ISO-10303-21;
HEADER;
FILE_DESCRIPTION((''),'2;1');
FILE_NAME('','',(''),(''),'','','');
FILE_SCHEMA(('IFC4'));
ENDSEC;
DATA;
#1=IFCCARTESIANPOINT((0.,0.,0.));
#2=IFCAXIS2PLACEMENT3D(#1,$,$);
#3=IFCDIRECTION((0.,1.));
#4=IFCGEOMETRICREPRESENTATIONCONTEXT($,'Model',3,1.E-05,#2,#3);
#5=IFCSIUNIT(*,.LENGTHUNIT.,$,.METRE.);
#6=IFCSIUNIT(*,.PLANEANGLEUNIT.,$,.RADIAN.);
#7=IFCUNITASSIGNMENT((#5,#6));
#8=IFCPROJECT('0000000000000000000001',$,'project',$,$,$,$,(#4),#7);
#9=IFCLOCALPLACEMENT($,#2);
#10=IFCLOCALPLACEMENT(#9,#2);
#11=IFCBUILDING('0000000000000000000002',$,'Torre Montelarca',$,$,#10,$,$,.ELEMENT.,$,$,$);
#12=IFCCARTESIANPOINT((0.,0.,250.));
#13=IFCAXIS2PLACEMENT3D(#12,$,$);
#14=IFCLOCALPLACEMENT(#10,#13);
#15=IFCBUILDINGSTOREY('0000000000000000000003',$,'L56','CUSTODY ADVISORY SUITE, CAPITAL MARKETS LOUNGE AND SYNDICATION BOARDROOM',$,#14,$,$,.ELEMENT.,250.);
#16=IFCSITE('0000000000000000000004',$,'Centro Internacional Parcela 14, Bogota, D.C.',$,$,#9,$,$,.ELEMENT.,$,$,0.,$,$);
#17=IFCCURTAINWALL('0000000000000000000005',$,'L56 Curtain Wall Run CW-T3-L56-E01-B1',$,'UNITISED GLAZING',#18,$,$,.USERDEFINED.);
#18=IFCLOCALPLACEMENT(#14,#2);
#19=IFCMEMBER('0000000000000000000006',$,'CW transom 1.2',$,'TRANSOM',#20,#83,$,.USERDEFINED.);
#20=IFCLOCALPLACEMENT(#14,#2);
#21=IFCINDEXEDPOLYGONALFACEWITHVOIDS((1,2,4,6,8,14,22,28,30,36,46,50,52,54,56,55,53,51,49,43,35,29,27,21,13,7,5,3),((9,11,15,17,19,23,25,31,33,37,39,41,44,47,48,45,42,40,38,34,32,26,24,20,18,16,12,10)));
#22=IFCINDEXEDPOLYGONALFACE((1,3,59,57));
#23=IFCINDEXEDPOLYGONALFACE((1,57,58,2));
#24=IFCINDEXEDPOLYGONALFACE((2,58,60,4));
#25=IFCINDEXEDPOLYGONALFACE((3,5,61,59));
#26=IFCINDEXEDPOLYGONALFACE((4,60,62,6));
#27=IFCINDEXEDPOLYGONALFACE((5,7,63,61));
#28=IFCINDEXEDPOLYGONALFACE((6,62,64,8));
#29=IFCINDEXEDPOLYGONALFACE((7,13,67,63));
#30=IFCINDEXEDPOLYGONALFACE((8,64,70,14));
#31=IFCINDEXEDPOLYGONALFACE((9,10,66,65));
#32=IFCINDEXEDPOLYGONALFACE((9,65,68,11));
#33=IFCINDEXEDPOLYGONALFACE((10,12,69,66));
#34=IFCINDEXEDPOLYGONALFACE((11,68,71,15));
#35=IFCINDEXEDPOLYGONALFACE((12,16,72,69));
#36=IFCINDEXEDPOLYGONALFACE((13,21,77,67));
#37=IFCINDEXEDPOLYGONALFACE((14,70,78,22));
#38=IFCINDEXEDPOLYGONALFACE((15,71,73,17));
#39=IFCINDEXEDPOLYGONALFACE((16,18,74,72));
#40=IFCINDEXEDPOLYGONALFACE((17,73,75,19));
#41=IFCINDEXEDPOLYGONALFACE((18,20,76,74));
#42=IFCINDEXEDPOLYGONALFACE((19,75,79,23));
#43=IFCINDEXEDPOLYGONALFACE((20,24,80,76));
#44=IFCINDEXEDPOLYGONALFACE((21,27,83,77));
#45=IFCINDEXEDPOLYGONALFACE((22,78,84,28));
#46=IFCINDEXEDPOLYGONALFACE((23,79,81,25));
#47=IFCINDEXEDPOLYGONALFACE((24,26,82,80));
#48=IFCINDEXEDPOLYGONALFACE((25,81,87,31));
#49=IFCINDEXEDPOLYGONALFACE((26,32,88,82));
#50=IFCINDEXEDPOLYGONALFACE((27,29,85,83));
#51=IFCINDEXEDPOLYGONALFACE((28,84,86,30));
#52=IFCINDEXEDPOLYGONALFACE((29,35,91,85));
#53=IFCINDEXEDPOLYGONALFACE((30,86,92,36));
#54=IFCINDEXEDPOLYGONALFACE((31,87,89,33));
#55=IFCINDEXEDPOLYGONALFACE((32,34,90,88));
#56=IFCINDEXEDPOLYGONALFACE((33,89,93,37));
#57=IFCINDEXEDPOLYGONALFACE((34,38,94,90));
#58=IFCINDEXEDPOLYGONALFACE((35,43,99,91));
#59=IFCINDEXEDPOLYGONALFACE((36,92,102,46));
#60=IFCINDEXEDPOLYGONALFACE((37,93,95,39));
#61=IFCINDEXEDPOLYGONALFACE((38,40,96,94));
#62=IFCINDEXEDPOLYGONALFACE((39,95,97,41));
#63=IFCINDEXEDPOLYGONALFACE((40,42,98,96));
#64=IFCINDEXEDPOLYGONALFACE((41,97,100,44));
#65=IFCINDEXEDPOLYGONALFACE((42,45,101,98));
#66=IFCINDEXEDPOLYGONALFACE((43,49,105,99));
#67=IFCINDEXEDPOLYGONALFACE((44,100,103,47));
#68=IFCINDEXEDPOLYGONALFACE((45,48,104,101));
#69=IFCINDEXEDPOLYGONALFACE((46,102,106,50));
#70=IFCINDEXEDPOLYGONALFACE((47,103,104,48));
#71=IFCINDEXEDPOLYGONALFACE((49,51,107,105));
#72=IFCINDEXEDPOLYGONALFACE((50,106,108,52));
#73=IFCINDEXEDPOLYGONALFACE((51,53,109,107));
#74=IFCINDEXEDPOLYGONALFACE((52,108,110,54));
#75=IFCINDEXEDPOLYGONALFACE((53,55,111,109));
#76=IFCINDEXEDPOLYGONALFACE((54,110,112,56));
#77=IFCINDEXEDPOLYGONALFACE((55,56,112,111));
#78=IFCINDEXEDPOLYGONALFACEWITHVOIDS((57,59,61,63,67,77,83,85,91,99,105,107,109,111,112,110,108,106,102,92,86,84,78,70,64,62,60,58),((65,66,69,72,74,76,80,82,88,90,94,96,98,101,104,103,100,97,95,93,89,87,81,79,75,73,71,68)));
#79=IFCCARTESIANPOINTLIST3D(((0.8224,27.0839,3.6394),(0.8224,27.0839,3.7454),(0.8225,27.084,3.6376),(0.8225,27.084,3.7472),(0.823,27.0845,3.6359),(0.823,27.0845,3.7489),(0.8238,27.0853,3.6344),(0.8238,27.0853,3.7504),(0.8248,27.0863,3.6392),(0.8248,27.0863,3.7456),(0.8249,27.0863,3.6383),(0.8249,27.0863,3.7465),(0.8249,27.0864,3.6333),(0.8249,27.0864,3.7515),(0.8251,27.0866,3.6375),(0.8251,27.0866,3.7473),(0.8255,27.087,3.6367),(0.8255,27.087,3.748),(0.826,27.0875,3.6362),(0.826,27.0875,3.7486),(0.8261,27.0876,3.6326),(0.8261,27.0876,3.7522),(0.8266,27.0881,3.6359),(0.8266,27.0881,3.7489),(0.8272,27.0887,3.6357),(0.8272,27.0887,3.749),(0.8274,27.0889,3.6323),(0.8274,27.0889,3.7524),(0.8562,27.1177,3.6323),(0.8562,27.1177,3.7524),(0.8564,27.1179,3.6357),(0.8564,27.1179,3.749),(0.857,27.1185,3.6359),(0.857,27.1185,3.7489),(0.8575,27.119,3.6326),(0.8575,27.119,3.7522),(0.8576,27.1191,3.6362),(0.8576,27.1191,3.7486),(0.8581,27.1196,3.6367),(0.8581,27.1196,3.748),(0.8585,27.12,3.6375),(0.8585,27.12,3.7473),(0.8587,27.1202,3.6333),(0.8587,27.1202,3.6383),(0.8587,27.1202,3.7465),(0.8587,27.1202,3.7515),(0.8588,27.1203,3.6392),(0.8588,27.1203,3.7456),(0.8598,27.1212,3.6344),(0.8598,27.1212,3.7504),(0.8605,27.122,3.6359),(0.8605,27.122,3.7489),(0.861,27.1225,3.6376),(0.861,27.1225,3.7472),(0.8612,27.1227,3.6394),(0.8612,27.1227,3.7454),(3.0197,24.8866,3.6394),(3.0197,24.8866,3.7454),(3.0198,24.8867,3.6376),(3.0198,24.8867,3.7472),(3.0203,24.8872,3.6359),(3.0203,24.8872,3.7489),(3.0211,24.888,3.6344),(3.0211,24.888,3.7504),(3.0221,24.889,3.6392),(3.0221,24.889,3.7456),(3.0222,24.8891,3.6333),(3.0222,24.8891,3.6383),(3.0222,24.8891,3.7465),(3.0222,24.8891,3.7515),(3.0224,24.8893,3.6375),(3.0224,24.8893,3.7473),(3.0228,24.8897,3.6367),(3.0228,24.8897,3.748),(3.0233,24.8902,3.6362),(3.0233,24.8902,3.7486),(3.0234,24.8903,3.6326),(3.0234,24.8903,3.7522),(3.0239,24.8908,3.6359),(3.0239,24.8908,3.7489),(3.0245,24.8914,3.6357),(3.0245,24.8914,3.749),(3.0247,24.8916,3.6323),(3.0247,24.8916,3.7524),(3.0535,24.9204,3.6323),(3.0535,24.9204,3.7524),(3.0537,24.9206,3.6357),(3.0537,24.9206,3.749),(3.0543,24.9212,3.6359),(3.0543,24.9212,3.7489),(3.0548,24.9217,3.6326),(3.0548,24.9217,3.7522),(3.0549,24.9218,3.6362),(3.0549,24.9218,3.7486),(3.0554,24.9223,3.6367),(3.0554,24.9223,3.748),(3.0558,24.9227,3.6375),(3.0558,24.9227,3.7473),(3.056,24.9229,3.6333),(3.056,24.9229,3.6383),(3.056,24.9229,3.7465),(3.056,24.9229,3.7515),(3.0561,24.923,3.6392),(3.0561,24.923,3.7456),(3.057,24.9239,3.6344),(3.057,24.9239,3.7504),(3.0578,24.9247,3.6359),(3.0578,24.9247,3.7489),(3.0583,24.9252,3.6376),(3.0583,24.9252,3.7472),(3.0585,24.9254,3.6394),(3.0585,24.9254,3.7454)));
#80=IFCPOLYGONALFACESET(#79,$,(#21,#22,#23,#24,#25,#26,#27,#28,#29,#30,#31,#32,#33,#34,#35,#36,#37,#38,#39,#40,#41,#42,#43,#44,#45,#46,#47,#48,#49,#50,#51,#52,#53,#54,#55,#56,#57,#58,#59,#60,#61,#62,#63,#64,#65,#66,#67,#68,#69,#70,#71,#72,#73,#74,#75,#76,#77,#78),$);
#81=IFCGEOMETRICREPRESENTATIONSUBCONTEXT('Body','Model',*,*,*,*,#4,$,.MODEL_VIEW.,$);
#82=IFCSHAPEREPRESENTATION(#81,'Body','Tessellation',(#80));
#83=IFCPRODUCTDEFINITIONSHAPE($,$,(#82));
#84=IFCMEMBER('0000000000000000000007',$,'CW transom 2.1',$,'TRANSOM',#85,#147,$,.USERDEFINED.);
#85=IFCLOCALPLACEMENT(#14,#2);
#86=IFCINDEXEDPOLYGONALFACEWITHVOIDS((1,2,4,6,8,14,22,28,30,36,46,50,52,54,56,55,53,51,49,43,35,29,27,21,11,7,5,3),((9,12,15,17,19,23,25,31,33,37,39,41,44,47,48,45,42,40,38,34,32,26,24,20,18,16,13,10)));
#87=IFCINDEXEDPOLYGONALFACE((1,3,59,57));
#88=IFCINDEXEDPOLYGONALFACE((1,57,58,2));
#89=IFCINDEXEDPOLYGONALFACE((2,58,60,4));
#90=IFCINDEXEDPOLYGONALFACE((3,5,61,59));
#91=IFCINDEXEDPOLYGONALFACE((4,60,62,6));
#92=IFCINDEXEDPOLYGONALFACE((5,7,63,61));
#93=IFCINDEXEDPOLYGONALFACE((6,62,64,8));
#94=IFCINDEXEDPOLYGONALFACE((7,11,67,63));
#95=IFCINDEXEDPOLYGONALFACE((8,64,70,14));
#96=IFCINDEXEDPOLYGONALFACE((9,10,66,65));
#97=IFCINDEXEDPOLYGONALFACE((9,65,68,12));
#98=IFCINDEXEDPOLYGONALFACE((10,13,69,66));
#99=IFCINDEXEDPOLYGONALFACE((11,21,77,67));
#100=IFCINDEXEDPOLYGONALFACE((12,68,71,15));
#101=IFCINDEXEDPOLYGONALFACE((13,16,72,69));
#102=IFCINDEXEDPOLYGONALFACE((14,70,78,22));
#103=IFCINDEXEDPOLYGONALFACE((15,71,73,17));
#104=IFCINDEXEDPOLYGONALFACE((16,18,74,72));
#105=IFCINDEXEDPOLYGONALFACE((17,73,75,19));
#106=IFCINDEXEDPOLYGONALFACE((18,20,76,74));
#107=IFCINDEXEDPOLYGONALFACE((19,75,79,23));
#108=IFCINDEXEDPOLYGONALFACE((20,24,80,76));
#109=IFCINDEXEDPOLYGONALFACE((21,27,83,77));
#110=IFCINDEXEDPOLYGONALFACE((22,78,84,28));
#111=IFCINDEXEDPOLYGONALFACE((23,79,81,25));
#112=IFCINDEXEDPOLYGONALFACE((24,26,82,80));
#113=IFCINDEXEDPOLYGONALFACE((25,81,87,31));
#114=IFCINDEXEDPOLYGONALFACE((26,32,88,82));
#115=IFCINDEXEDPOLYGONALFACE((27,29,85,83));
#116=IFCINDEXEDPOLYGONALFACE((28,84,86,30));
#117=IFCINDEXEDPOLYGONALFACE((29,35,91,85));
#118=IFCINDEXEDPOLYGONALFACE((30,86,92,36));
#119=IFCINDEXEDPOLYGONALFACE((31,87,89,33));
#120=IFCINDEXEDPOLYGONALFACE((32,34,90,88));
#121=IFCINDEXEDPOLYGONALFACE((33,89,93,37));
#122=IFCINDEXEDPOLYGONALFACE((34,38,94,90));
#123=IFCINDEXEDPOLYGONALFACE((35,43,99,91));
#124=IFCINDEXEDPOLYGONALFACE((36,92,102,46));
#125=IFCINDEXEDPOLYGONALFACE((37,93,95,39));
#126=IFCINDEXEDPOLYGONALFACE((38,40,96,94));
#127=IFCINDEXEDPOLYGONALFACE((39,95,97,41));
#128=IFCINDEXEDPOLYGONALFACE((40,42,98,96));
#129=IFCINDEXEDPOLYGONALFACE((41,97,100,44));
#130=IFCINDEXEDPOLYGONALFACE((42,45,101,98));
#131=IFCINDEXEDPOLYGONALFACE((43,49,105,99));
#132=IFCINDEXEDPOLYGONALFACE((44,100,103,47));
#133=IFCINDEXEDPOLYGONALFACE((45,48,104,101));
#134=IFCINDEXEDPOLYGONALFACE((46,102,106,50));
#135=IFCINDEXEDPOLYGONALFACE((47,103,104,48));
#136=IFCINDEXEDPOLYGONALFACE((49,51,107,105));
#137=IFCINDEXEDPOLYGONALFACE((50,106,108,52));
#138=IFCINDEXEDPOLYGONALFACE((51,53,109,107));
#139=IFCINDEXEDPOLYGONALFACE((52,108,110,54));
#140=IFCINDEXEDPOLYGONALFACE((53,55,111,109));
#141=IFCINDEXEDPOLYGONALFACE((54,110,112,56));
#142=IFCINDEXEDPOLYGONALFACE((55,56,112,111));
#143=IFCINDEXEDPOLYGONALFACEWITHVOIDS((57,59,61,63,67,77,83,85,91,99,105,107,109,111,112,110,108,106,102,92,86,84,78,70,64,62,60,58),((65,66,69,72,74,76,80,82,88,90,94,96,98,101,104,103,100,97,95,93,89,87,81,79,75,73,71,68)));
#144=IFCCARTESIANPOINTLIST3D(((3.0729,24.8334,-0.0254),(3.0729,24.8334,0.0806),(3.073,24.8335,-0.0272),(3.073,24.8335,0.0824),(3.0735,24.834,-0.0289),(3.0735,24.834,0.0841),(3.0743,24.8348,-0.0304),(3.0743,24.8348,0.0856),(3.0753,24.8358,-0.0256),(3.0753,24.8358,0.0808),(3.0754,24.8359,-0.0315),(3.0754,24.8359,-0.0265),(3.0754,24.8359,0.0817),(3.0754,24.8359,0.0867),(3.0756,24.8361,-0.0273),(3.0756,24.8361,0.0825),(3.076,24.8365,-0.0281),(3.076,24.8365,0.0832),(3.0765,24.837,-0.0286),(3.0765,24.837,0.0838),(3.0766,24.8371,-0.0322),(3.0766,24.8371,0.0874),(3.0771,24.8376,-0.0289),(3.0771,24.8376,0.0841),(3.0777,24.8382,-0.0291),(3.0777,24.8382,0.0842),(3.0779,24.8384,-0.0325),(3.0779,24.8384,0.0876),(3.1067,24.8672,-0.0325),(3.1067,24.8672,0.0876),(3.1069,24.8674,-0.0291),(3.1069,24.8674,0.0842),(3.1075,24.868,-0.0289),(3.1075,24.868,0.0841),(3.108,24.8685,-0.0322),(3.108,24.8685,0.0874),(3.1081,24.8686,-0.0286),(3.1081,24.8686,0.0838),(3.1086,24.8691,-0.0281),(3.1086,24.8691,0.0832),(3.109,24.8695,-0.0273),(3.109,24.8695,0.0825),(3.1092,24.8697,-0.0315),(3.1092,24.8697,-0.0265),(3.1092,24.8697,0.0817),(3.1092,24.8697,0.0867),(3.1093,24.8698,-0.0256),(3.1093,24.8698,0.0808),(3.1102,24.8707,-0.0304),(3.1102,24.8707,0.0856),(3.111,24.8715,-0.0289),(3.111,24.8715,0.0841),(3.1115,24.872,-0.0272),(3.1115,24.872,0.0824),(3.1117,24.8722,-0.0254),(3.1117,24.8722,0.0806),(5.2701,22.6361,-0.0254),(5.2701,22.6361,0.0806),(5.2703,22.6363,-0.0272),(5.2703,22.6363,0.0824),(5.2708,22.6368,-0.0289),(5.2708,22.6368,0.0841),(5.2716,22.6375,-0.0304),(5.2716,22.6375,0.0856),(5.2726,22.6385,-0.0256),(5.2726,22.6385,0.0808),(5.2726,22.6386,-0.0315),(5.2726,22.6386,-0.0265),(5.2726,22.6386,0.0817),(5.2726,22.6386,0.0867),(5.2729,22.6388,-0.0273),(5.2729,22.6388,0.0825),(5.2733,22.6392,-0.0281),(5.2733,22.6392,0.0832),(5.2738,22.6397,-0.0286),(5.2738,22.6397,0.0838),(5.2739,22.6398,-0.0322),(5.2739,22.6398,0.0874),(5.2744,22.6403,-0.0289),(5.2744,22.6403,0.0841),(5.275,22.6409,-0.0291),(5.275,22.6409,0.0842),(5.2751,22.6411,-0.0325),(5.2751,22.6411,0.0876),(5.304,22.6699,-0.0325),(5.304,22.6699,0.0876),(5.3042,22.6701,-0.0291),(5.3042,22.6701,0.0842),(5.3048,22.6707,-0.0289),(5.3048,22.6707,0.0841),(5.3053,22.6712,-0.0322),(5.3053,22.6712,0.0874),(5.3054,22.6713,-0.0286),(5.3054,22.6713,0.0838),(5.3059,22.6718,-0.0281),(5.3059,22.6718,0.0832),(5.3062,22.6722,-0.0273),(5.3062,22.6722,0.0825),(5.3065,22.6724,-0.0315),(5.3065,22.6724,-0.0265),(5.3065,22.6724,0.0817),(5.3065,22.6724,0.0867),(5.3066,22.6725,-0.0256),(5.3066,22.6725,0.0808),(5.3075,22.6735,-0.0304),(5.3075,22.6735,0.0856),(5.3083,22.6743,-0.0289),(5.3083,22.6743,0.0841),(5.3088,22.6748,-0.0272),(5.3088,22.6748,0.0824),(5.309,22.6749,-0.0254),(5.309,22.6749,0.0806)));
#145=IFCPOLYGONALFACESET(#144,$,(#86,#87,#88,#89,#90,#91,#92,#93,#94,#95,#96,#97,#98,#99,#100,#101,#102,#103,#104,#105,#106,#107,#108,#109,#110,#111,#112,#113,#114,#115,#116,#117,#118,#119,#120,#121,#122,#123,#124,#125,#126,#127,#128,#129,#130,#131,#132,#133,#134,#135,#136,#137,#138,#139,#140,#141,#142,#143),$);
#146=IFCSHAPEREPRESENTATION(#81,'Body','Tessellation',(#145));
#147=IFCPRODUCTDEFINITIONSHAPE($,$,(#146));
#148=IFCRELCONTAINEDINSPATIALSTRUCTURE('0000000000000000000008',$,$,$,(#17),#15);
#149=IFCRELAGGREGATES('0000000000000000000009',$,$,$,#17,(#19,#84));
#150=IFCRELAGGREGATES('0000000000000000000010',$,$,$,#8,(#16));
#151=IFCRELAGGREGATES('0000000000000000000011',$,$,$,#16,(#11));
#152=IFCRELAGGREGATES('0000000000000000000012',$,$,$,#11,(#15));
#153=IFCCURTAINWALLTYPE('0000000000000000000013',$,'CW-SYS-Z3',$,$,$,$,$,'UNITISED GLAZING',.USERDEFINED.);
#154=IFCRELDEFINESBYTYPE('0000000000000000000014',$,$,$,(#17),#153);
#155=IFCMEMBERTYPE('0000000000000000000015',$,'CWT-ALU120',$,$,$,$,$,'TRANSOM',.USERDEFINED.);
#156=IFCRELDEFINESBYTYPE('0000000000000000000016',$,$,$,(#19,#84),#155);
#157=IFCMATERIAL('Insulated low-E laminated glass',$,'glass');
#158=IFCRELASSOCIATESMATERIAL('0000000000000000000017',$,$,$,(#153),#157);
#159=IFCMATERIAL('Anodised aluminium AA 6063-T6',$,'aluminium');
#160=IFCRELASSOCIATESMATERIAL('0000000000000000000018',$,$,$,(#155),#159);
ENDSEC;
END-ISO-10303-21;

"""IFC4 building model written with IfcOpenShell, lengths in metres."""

from ifc_helpers import new_model, si_unit, direction, frame, origin, origin_2d, place, context, subcontext, project, spatial, hollow_rectangle, extrude, source, transform, mapped, material, material_profile, profile_set, type_object, element, aggregate, save


model = new_model("IFC4")

# Units and contexts
model_context = context("Model", 3, precision=1e-05, world=origin(), true_north=direction((0.0, 1.0)))
body_context = subcontext(model_context, "Body", "Model", "MODEL_VIEW")
ifc_project = project(units=[si_unit("LENGTHUNIT", "METRE"), si_unit("PLANEANGLEUNIT", "RADIAN")], contexts=[model_context])

# Site, building, storey
site_placement = place(None, origin())
site = spatial("IfcSite", under=ifc_project, at=site_placement, Name="Centro Internacional Parcela 14, Bogota, D.C.", CompositionType="ELEMENT", RefElevation=0.0)
building_placement = place(site_placement, origin())
building = spatial("IfcBuilding", under=site, at=building_placement, Name="Torre Montelarca", CompositionType="ELEMENT")
storey_placement = place(building_placement, frame((0.0, 0.0, 250.0)))
storey = spatial("IfcBuildingStorey", under=building, at=storey_placement, Name="L56", Description="CUSTODY ADVISORY SUITE, CAPITAL MARKETS LOUNGE AND SYNDICATION BOARDROOM", CompositionType="ELEMENT", Elevation=250.0)

# Curtain wall, members
ifc_material_1 = material(Name="Insulated low-E laminated glass", Category="glass")
curtain_wall_type = type_object("IfcCurtainWallType", Name="CW-SYS-Z3", ElementType="UNITISED GLAZING", PredefinedType="USERDEFINED", material=ifc_material_1)
curtain_wall_placement = place(storey_placement, origin())
curtain_wall = element("IfcCurtainWall", 1, at=curtain_wall_placement, inside=storey, type_object=curtain_wall_type, Name="L56 Curtain Wall Run CW-T3-L56-E01-B1", ObjectType="UNITISED GLAZING", PredefinedType="USERDEFINED")
ifc_material_2 = material(Name="Anodised aluminium AA 6063-T6", Category="aluminium")
ifc_material_profile_1 = material_profile(ifc_material_2, hollow_rectangle(XDim=0.0549, YDim=0.1201, WallThickness=0.0034, InnerFilletRadius=0.0034, OuterFilletRadius=0.0071, at=origin_2d()), Name="ALU55X120X3.5", Category="aluminium")
ifc_profile_set_1 = profile_set([ifc_material_profile_1], Name="Anodised aluminium AA 6063-T6")
member_type_1 = type_object("IfcMemberType", Name="CWT-ALU120", ElementType="TRANSOM", PredefinedType="USERDEFINED", material=ifc_profile_set_1)
shared_shape_1 = source(origin(), body_context, "Body", "SweptSolid", [
    extrude(hollow_rectangle(XDim=0.0549, YDim=0.1201, WallThickness=0.0034, InnerFilletRadius=0.0034, OuterFilletRadius=0.0071, at=origin_2d()), origin(), (0.0, 0.0, 1.0), 3.1074),
])
member_1_placement = place(storey_placement, frame((0.8418, 27.1033, 3.6924), z_axis=(0.707107, -0.707107, 0.0), x_axis=(0.707107, 0.707107, 0.0)))
member_1 = element("IfcMember", 2, at=member_1_placement, type_object=member_type_1, Name="CW transom 1.2", ObjectType="TRANSOM", PredefinedType="USERDEFINED", context=body_context, shape_type="MappedRepresentation", body=[
    mapped(shared_shape_1, transform((0.0, 0.0, 0.0), scale=1.0)),
])
member_2_placement = place(storey_placement, frame((3.0923, 24.8528, 0.0276), z_axis=(0.707107, -0.707107, 0.0), x_axis=(0.707107, 0.707107, 0.0)))
member_2 = element("IfcMember", 3, at=member_2_placement, type_object=member_type_1, Name="CW transom 2.1", ObjectType="TRANSOM", PredefinedType="USERDEFINED", context=body_context, shape_type="MappedRepresentation", body=[
    mapped(shared_shape_1, transform((0.0, 0.0, 0.0), scale=1.0)),
])
aggregate(curtain_wall, [member_1, member_2])

save(model, "model.ifc")
